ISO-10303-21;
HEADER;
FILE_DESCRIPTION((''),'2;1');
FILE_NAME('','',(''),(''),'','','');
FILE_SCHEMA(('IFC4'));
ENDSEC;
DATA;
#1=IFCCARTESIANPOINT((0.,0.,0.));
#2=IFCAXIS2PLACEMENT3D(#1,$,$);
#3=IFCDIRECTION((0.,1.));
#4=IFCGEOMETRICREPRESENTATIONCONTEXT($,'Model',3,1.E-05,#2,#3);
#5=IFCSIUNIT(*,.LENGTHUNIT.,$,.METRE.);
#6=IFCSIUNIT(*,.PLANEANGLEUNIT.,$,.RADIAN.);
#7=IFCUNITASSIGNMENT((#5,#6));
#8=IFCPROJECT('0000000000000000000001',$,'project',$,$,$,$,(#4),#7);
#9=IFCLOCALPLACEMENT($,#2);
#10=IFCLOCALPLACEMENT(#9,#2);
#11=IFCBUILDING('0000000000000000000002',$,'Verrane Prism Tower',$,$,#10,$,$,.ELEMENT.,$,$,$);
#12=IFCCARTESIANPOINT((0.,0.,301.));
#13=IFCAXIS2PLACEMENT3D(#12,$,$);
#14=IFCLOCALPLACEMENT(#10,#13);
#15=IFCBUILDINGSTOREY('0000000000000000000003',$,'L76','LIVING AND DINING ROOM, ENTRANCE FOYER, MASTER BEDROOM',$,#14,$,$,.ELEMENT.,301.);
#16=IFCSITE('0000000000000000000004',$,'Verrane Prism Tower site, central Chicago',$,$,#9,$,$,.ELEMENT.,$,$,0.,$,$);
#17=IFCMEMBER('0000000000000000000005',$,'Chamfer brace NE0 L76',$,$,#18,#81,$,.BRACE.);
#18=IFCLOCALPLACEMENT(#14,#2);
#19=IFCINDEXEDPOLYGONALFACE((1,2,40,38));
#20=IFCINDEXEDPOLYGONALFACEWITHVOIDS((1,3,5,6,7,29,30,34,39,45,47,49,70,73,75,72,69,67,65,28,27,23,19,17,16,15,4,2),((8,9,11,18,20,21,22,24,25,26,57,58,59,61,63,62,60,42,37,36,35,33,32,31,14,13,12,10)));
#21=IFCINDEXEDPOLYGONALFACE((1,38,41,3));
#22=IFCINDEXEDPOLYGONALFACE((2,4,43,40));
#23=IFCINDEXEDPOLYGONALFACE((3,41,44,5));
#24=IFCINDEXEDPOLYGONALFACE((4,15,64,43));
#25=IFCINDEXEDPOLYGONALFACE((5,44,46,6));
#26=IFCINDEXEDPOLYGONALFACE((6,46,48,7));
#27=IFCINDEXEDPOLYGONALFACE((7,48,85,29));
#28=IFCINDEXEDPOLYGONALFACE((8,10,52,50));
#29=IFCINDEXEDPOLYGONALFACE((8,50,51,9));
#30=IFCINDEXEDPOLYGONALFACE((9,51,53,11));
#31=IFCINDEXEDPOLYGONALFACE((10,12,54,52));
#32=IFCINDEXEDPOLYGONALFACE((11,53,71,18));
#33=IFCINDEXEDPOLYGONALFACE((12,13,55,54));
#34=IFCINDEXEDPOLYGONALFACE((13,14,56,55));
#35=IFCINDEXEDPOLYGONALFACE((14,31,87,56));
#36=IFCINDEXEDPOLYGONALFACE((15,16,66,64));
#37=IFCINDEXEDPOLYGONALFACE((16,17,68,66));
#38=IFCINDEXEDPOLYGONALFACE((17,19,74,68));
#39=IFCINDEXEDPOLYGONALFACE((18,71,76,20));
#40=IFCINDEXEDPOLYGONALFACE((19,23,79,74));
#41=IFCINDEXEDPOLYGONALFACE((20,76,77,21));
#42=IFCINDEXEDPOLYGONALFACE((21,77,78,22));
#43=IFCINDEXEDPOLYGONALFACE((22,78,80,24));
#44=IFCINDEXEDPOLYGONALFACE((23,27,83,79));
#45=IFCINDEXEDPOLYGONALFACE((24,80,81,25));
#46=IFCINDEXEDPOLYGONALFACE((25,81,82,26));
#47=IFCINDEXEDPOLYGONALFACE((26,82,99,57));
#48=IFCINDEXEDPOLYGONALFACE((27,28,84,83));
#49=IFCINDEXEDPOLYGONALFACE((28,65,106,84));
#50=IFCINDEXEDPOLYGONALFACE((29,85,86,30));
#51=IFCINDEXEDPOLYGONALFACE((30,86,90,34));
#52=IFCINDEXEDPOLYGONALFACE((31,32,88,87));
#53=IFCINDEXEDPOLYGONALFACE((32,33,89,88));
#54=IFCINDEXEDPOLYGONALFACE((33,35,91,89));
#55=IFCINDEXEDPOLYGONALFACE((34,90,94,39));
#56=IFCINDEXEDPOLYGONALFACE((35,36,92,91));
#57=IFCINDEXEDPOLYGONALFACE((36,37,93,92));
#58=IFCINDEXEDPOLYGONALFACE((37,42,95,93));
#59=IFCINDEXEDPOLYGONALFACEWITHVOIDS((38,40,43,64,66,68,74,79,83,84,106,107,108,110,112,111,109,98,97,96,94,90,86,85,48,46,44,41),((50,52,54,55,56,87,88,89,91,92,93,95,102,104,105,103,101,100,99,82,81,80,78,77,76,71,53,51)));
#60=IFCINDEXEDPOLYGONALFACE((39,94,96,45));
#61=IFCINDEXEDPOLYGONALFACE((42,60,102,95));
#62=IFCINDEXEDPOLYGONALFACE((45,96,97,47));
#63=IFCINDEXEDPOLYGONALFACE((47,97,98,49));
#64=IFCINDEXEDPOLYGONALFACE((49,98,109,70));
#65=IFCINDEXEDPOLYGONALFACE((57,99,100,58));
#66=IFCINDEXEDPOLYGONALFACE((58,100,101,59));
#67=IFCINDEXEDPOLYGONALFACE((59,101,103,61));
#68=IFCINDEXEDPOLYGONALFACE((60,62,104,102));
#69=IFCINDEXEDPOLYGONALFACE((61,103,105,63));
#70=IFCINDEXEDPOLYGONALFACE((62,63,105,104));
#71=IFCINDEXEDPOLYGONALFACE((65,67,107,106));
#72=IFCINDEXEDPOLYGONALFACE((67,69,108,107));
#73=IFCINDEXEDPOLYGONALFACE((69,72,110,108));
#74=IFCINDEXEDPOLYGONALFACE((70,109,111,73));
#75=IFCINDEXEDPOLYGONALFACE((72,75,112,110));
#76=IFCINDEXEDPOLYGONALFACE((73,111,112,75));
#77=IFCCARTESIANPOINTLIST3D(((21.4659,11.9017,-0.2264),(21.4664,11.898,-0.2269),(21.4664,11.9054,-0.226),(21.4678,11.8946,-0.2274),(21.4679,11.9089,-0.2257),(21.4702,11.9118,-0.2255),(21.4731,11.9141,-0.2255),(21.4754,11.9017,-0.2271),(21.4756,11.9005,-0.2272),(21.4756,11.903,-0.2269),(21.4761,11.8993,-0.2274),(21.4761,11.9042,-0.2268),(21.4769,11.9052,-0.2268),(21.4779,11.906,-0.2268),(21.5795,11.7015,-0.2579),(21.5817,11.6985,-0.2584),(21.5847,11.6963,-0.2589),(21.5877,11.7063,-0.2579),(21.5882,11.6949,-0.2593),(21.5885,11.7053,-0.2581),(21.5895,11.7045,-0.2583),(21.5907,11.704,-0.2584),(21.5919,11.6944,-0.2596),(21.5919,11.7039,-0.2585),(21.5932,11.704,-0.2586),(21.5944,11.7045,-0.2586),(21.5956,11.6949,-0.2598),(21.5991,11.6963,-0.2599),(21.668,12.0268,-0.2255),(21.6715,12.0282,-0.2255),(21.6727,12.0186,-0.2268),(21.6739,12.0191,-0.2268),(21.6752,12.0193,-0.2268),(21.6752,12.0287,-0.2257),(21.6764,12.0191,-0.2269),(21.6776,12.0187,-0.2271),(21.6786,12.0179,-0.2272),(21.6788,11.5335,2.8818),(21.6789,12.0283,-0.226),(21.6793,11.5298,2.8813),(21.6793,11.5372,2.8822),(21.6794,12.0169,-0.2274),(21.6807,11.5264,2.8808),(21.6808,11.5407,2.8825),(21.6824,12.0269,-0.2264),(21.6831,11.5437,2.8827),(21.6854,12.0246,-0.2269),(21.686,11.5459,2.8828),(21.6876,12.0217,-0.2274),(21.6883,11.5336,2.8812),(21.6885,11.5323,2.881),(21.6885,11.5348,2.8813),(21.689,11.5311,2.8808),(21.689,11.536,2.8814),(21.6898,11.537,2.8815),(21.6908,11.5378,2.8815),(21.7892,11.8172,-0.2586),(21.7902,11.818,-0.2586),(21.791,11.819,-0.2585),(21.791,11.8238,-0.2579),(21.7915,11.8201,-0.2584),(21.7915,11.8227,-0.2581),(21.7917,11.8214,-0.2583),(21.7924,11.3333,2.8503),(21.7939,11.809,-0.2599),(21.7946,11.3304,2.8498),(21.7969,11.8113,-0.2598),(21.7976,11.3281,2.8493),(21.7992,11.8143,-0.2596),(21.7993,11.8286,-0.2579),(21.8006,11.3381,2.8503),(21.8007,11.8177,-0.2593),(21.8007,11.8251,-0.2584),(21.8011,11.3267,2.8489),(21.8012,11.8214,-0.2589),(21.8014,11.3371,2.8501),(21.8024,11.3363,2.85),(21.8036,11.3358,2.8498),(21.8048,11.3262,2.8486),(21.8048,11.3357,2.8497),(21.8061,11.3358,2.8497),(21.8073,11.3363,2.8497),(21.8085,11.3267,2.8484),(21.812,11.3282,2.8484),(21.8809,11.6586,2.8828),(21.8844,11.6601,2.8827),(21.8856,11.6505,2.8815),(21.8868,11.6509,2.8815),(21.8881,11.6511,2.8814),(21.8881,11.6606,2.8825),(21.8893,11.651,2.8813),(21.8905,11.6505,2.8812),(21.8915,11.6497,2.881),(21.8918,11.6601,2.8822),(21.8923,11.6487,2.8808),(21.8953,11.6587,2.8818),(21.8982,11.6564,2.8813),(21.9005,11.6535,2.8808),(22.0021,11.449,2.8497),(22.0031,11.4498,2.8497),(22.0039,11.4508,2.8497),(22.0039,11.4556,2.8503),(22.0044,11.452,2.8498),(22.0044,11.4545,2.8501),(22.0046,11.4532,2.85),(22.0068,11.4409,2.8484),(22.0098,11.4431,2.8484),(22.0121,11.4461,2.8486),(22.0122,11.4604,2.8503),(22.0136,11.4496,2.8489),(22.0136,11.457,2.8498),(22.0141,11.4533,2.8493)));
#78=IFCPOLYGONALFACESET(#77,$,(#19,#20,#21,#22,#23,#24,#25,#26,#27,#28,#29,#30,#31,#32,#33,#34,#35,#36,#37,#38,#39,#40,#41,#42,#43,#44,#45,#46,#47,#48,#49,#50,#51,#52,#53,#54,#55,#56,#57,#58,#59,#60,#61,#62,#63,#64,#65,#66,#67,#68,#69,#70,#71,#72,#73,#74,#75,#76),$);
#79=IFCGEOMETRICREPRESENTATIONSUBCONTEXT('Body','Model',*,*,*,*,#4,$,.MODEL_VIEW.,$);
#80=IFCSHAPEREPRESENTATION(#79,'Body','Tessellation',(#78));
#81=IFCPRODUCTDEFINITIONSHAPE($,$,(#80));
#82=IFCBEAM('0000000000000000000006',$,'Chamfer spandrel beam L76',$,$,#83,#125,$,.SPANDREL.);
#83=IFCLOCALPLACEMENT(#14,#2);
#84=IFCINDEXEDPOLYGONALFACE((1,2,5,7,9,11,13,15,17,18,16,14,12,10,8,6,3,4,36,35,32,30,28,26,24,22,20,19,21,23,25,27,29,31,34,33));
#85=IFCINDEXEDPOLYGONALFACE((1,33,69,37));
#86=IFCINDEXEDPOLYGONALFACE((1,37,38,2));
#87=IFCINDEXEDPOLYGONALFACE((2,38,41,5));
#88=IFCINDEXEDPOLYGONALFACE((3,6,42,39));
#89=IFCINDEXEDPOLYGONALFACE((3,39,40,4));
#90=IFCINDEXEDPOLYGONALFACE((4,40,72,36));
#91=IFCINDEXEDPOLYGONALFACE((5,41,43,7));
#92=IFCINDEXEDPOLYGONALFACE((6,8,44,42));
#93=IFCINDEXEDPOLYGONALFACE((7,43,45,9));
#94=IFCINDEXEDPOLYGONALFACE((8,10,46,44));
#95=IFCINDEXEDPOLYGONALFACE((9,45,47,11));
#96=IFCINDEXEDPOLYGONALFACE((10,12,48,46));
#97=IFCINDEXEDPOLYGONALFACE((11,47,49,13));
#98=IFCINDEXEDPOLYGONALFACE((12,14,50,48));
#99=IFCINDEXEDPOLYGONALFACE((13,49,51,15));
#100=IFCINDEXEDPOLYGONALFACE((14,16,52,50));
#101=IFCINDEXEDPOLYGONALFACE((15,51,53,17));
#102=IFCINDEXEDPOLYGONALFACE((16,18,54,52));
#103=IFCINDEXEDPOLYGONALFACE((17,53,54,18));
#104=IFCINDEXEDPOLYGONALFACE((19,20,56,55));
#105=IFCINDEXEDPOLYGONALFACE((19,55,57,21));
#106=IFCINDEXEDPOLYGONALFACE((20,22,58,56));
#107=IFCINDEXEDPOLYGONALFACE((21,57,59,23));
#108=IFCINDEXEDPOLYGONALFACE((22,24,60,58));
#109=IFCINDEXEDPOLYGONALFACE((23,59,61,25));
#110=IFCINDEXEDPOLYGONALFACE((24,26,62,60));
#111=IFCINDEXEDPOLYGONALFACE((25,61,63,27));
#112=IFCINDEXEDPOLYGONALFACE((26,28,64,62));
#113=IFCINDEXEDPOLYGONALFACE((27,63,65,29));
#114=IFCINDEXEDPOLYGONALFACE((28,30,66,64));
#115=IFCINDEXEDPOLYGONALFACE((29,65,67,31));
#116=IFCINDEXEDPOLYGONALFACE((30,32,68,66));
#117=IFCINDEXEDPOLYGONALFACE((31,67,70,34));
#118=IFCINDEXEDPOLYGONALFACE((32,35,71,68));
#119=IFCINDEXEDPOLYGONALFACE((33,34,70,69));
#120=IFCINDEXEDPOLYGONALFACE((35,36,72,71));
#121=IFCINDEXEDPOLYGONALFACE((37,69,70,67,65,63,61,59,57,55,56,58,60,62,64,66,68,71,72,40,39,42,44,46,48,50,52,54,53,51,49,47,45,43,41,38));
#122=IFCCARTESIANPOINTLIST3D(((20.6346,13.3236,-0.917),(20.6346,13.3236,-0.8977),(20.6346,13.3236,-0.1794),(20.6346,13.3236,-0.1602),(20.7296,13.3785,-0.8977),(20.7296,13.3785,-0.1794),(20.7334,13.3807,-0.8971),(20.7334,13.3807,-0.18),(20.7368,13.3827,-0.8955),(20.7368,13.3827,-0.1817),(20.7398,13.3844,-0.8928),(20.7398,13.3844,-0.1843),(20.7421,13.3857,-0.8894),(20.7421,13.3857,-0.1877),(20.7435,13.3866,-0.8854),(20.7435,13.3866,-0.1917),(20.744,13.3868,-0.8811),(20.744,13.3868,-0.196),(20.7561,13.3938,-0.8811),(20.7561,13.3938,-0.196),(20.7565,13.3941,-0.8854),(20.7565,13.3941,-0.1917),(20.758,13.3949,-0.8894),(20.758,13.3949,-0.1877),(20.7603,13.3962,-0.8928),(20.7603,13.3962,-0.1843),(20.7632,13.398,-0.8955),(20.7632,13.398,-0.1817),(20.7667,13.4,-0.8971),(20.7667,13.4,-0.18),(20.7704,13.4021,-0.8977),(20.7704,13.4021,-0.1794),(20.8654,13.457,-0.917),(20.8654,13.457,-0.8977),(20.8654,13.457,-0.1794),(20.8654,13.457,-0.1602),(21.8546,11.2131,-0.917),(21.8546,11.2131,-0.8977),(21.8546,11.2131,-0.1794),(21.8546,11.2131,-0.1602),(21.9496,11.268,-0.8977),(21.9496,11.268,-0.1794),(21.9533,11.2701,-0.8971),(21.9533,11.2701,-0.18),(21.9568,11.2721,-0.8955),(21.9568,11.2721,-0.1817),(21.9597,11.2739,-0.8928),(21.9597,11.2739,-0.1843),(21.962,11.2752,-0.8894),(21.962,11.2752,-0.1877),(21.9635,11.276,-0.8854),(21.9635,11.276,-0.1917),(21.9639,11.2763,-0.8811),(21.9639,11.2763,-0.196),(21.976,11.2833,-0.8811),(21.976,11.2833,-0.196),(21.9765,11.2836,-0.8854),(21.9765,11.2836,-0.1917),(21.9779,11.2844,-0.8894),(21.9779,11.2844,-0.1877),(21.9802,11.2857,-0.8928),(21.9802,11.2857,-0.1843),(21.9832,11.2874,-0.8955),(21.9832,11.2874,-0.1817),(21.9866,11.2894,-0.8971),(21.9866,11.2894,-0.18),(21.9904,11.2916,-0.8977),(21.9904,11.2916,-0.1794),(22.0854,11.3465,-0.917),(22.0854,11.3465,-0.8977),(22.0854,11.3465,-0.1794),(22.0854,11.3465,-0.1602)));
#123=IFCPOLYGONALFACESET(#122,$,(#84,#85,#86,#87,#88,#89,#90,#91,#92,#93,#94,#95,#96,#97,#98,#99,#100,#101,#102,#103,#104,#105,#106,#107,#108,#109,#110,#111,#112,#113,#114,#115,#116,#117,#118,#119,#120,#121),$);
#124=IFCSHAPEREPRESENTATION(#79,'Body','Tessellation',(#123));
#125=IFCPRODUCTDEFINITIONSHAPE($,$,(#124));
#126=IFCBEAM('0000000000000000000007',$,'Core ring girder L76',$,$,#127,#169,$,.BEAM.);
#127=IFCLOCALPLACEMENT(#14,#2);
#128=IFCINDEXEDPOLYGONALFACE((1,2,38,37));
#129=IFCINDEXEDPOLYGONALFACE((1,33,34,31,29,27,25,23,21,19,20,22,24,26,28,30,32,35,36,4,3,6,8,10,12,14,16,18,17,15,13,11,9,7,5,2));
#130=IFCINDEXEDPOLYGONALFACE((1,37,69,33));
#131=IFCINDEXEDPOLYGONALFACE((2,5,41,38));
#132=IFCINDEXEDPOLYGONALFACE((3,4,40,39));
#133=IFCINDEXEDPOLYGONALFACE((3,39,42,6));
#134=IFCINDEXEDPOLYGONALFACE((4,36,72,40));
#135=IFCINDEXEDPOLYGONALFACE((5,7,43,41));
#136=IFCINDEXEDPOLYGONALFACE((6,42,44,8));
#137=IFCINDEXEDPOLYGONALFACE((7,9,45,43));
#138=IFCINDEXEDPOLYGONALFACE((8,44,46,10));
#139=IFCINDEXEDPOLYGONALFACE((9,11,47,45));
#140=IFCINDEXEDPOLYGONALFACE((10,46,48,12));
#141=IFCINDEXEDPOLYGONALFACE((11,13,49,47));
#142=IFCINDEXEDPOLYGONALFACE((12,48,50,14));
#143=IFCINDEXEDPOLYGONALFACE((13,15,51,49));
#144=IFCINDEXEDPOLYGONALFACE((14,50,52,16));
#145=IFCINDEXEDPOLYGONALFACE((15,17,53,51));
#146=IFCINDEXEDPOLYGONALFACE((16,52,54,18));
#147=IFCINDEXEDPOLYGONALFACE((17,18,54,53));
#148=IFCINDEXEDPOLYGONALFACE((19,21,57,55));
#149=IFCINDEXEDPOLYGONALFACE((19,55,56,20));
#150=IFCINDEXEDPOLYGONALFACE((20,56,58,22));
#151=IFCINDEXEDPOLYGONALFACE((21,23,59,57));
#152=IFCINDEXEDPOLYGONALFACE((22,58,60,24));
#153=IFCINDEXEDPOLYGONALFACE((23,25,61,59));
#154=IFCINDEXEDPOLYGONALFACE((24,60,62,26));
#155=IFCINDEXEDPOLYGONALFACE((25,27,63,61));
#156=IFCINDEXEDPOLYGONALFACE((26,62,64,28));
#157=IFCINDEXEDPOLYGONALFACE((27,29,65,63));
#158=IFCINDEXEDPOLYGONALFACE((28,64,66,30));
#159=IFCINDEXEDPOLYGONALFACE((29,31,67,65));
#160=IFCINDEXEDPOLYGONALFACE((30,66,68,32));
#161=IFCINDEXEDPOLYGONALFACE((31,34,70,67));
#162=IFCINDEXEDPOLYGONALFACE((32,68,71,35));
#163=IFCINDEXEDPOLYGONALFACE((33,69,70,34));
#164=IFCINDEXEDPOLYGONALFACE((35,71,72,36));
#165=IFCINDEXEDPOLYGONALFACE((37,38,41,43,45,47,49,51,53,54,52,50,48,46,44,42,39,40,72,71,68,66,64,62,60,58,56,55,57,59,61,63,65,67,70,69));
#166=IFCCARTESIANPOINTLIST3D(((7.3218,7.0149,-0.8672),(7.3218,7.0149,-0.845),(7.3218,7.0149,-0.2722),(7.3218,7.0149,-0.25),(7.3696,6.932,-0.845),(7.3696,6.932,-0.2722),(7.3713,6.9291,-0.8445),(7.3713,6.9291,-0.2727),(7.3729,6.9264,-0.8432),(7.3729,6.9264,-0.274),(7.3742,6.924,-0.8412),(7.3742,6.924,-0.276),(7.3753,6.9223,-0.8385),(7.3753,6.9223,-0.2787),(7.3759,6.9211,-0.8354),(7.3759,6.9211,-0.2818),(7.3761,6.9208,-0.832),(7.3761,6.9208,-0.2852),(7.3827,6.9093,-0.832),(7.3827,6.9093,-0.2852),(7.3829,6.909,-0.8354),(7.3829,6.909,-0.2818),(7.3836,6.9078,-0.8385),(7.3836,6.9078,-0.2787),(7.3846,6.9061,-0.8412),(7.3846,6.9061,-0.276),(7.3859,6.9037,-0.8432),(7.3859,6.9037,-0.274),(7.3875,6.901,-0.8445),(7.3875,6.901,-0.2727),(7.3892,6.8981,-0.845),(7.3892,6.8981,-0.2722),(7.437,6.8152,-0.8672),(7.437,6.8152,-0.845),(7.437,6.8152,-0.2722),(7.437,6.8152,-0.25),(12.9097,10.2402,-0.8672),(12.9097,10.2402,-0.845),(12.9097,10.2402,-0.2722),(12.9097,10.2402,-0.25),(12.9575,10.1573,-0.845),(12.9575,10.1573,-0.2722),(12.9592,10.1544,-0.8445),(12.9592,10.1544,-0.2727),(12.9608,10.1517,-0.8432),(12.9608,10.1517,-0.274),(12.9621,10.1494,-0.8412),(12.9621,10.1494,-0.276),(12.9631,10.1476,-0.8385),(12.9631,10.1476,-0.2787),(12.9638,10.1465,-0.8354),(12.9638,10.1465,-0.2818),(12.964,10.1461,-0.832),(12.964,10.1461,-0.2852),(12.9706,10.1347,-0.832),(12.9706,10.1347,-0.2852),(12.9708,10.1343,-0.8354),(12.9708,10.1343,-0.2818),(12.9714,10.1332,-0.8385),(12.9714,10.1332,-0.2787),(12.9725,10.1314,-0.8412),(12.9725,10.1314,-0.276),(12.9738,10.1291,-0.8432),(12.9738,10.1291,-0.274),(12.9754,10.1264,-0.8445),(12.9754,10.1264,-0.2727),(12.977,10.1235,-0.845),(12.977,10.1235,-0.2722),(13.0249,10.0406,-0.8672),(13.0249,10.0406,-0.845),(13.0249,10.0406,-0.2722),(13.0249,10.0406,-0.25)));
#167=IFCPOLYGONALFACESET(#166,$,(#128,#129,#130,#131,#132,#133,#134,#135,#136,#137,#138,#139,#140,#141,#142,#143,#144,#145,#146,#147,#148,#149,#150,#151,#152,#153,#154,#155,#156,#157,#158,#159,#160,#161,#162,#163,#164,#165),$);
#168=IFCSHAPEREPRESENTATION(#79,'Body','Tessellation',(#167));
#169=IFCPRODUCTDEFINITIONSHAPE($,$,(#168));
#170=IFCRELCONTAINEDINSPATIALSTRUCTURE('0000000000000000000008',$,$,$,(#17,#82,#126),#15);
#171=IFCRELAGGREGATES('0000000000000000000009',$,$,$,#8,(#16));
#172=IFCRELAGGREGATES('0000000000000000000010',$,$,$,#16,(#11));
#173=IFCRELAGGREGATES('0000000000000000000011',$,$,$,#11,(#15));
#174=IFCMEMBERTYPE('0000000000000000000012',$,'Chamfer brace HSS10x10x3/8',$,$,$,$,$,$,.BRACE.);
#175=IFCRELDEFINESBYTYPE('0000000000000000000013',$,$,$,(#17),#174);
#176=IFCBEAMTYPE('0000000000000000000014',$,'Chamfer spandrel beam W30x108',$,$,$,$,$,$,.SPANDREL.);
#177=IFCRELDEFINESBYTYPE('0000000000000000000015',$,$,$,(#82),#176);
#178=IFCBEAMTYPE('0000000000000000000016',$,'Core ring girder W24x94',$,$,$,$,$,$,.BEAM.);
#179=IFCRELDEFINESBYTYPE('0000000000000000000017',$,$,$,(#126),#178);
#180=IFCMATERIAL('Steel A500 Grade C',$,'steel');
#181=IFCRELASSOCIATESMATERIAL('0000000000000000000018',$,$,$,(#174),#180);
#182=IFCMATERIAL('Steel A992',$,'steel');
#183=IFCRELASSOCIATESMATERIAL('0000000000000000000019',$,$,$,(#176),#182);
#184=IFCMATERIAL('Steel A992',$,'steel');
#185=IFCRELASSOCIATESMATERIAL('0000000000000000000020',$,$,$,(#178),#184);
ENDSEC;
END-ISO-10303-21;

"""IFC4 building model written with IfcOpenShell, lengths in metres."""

from ifc_helpers import new_model, si_unit, direction, frame, origin, origin_2d, place, context, subcontext, project, spatial, hollow_rectangle, i_section, extrude, material, material_profile, profile_set, type_object, element, save


model = new_model("IFC4")

# Units and contexts
model_context = context("Model", 3, precision=1e-05, world=origin(), true_north=direction((0.0, 1.0)))
body_context = subcontext(model_context, "Body", "Model", "MODEL_VIEW")
ifc_project = project(units=[si_unit("LENGTHUNIT", "METRE"), si_unit("PLANEANGLEUNIT", "RADIAN")], contexts=[model_context])

# Site, building, storey
site_placement = place(None, origin())
site = spatial("IfcSite", under=ifc_project, at=site_placement, Name="Verrane Prism Tower site, central Chicago", CompositionType="ELEMENT", RefElevation=0.0)
building_placement = place(site_placement, origin())
building = spatial("IfcBuilding", under=site, at=building_placement, Name="Verrane Prism Tower", CompositionType="ELEMENT")
storey_placement = place(building_placement, frame((0.0, 0.0, 301.0)))
storey = spatial("IfcBuildingStorey", under=building, at=storey_placement, Name="L76", Description="LIVING AND DINING ROOM, ENTRANCE FOYER, MASTER BEDROOM", CompositionType="ELEMENT", Elevation=301.0)

# Member
ifc_material_1 = material(Name="Steel A500 Grade C", Category="steel")
ifc_material_profile_1 = material_profile(ifc_material_1, hollow_rectangle(XDim=0.2539, YDim=0.2539, WallThickness=0.0095, InnerFilletRadius=0.0049, OuterFilletRadius=0.0144, at=origin_2d()), Name="HSS10x10x3/8")
ifc_profile_set_1 = profile_set([ifc_material_profile_1], Name="Steel A500 Grade C")
member_type_1 = type_object("IfcMemberType", Name="Chamfer brace HSS10x10x3/8", PredefinedType="BRACE", material=ifc_profile_set_1)
member_1_placement = place(storey_placement, frame((21.6335, 11.8616, -0.2427), z_axis=(0.067862, -0.117358, 0.990768), x_axis=(0.865688, 0.500584, 0.0)))
element("IfcMember", 1, at=member_1_placement, inside=storey, type_object=member_type_1, Name="Chamfer brace NE0 L76", PredefinedType="BRACE", context=body_context, shape_type="SweptSolid", body=[
    extrude(hollow_rectangle(XDim=0.2539, YDim=0.2539, WallThickness=0.0095, InnerFilletRadius=0.0049, OuterFilletRadius=0.0144, at=origin_2d()), origin(), (0.0, 0.0, 1.0), 3.1372),
])

# Beams
ifc_material_2 = material(Name="Steel A992", Category="steel")
ifc_material_profile_2 = material_profile(ifc_material_2, i_section(OverallWidth=0.2666, OverallDepth=0.7568, WebThickness=0.0139, FlangeThickness=0.0193, FilletRadius=0.0166, at=origin_2d()), Name="W30x108")
ifc_profile_set_2 = profile_set([ifc_material_profile_2], Name="Steel A992")
beam_type_1 = type_object("IfcBeamType", Name="Chamfer spandrel beam W30x108", PredefinedType="SPANDREL", material=ifc_profile_set_2)
beam_1_placement = place(storey_placement, frame((21.97, 11.2798, -0.5386), z_axis=(-0.500436, 0.865773, 0.0), x_axis=(-0.865773, -0.500436, 0.0)))
element("IfcBeam", 2, at=beam_1_placement, inside=storey, type_object=beam_type_1, Name="Chamfer spandrel beam L76", PredefinedType="SPANDREL", context=body_context, shape_type="SweptSolid", body=[
    extrude(i_section(OverallWidth=0.2666, OverallDepth=0.7568, WebThickness=0.0139, FlangeThickness=0.0193, FilletRadius=0.0166, at=origin_2d()), origin(), (0.0, 0.0, 1.0), 2.4377),
])
ifc_material_3 = material(Name="Steel A992", Category="steel")
ifc_material_profile_3 = material_profile(ifc_material_3, i_section(OverallWidth=0.2305, OverallDepth=0.6172, WebThickness=0.0132, FlangeThickness=0.0222, FilletRadius=0.0129, at=origin_2d()), Name="W24x94")
ifc_profile_set_3 = profile_set([ifc_material_profile_3], Name="Steel A992")
beam_type_2 = type_object("IfcBeamType", Name="Core ring girder W24x94", PredefinedType="BEAM", material=ifc_profile_set_3)
beam_2_placement = place(storey_placement, frame((12.9673, 10.1404, -0.5586), z_axis=(-0.866081, -0.499904, 0.0), x_axis=(0.499904, -0.866081, 0.0)))
element("IfcBeam", 3, at=beam_2_placement, inside=storey, type_object=beam_type_2, Name="Core ring girder L76", PredefinedType="BEAM", context=body_context, shape_type="SweptSolid", body=[
    extrude(i_section(OverallWidth=0.2305, OverallDepth=0.6172, WebThickness=0.0132, FlangeThickness=0.0222, FilletRadius=0.0129, at=origin_2d()), origin(), (0.0, 0.0, 1.0), 6.4519),
])

save(model, "model.ifc")
